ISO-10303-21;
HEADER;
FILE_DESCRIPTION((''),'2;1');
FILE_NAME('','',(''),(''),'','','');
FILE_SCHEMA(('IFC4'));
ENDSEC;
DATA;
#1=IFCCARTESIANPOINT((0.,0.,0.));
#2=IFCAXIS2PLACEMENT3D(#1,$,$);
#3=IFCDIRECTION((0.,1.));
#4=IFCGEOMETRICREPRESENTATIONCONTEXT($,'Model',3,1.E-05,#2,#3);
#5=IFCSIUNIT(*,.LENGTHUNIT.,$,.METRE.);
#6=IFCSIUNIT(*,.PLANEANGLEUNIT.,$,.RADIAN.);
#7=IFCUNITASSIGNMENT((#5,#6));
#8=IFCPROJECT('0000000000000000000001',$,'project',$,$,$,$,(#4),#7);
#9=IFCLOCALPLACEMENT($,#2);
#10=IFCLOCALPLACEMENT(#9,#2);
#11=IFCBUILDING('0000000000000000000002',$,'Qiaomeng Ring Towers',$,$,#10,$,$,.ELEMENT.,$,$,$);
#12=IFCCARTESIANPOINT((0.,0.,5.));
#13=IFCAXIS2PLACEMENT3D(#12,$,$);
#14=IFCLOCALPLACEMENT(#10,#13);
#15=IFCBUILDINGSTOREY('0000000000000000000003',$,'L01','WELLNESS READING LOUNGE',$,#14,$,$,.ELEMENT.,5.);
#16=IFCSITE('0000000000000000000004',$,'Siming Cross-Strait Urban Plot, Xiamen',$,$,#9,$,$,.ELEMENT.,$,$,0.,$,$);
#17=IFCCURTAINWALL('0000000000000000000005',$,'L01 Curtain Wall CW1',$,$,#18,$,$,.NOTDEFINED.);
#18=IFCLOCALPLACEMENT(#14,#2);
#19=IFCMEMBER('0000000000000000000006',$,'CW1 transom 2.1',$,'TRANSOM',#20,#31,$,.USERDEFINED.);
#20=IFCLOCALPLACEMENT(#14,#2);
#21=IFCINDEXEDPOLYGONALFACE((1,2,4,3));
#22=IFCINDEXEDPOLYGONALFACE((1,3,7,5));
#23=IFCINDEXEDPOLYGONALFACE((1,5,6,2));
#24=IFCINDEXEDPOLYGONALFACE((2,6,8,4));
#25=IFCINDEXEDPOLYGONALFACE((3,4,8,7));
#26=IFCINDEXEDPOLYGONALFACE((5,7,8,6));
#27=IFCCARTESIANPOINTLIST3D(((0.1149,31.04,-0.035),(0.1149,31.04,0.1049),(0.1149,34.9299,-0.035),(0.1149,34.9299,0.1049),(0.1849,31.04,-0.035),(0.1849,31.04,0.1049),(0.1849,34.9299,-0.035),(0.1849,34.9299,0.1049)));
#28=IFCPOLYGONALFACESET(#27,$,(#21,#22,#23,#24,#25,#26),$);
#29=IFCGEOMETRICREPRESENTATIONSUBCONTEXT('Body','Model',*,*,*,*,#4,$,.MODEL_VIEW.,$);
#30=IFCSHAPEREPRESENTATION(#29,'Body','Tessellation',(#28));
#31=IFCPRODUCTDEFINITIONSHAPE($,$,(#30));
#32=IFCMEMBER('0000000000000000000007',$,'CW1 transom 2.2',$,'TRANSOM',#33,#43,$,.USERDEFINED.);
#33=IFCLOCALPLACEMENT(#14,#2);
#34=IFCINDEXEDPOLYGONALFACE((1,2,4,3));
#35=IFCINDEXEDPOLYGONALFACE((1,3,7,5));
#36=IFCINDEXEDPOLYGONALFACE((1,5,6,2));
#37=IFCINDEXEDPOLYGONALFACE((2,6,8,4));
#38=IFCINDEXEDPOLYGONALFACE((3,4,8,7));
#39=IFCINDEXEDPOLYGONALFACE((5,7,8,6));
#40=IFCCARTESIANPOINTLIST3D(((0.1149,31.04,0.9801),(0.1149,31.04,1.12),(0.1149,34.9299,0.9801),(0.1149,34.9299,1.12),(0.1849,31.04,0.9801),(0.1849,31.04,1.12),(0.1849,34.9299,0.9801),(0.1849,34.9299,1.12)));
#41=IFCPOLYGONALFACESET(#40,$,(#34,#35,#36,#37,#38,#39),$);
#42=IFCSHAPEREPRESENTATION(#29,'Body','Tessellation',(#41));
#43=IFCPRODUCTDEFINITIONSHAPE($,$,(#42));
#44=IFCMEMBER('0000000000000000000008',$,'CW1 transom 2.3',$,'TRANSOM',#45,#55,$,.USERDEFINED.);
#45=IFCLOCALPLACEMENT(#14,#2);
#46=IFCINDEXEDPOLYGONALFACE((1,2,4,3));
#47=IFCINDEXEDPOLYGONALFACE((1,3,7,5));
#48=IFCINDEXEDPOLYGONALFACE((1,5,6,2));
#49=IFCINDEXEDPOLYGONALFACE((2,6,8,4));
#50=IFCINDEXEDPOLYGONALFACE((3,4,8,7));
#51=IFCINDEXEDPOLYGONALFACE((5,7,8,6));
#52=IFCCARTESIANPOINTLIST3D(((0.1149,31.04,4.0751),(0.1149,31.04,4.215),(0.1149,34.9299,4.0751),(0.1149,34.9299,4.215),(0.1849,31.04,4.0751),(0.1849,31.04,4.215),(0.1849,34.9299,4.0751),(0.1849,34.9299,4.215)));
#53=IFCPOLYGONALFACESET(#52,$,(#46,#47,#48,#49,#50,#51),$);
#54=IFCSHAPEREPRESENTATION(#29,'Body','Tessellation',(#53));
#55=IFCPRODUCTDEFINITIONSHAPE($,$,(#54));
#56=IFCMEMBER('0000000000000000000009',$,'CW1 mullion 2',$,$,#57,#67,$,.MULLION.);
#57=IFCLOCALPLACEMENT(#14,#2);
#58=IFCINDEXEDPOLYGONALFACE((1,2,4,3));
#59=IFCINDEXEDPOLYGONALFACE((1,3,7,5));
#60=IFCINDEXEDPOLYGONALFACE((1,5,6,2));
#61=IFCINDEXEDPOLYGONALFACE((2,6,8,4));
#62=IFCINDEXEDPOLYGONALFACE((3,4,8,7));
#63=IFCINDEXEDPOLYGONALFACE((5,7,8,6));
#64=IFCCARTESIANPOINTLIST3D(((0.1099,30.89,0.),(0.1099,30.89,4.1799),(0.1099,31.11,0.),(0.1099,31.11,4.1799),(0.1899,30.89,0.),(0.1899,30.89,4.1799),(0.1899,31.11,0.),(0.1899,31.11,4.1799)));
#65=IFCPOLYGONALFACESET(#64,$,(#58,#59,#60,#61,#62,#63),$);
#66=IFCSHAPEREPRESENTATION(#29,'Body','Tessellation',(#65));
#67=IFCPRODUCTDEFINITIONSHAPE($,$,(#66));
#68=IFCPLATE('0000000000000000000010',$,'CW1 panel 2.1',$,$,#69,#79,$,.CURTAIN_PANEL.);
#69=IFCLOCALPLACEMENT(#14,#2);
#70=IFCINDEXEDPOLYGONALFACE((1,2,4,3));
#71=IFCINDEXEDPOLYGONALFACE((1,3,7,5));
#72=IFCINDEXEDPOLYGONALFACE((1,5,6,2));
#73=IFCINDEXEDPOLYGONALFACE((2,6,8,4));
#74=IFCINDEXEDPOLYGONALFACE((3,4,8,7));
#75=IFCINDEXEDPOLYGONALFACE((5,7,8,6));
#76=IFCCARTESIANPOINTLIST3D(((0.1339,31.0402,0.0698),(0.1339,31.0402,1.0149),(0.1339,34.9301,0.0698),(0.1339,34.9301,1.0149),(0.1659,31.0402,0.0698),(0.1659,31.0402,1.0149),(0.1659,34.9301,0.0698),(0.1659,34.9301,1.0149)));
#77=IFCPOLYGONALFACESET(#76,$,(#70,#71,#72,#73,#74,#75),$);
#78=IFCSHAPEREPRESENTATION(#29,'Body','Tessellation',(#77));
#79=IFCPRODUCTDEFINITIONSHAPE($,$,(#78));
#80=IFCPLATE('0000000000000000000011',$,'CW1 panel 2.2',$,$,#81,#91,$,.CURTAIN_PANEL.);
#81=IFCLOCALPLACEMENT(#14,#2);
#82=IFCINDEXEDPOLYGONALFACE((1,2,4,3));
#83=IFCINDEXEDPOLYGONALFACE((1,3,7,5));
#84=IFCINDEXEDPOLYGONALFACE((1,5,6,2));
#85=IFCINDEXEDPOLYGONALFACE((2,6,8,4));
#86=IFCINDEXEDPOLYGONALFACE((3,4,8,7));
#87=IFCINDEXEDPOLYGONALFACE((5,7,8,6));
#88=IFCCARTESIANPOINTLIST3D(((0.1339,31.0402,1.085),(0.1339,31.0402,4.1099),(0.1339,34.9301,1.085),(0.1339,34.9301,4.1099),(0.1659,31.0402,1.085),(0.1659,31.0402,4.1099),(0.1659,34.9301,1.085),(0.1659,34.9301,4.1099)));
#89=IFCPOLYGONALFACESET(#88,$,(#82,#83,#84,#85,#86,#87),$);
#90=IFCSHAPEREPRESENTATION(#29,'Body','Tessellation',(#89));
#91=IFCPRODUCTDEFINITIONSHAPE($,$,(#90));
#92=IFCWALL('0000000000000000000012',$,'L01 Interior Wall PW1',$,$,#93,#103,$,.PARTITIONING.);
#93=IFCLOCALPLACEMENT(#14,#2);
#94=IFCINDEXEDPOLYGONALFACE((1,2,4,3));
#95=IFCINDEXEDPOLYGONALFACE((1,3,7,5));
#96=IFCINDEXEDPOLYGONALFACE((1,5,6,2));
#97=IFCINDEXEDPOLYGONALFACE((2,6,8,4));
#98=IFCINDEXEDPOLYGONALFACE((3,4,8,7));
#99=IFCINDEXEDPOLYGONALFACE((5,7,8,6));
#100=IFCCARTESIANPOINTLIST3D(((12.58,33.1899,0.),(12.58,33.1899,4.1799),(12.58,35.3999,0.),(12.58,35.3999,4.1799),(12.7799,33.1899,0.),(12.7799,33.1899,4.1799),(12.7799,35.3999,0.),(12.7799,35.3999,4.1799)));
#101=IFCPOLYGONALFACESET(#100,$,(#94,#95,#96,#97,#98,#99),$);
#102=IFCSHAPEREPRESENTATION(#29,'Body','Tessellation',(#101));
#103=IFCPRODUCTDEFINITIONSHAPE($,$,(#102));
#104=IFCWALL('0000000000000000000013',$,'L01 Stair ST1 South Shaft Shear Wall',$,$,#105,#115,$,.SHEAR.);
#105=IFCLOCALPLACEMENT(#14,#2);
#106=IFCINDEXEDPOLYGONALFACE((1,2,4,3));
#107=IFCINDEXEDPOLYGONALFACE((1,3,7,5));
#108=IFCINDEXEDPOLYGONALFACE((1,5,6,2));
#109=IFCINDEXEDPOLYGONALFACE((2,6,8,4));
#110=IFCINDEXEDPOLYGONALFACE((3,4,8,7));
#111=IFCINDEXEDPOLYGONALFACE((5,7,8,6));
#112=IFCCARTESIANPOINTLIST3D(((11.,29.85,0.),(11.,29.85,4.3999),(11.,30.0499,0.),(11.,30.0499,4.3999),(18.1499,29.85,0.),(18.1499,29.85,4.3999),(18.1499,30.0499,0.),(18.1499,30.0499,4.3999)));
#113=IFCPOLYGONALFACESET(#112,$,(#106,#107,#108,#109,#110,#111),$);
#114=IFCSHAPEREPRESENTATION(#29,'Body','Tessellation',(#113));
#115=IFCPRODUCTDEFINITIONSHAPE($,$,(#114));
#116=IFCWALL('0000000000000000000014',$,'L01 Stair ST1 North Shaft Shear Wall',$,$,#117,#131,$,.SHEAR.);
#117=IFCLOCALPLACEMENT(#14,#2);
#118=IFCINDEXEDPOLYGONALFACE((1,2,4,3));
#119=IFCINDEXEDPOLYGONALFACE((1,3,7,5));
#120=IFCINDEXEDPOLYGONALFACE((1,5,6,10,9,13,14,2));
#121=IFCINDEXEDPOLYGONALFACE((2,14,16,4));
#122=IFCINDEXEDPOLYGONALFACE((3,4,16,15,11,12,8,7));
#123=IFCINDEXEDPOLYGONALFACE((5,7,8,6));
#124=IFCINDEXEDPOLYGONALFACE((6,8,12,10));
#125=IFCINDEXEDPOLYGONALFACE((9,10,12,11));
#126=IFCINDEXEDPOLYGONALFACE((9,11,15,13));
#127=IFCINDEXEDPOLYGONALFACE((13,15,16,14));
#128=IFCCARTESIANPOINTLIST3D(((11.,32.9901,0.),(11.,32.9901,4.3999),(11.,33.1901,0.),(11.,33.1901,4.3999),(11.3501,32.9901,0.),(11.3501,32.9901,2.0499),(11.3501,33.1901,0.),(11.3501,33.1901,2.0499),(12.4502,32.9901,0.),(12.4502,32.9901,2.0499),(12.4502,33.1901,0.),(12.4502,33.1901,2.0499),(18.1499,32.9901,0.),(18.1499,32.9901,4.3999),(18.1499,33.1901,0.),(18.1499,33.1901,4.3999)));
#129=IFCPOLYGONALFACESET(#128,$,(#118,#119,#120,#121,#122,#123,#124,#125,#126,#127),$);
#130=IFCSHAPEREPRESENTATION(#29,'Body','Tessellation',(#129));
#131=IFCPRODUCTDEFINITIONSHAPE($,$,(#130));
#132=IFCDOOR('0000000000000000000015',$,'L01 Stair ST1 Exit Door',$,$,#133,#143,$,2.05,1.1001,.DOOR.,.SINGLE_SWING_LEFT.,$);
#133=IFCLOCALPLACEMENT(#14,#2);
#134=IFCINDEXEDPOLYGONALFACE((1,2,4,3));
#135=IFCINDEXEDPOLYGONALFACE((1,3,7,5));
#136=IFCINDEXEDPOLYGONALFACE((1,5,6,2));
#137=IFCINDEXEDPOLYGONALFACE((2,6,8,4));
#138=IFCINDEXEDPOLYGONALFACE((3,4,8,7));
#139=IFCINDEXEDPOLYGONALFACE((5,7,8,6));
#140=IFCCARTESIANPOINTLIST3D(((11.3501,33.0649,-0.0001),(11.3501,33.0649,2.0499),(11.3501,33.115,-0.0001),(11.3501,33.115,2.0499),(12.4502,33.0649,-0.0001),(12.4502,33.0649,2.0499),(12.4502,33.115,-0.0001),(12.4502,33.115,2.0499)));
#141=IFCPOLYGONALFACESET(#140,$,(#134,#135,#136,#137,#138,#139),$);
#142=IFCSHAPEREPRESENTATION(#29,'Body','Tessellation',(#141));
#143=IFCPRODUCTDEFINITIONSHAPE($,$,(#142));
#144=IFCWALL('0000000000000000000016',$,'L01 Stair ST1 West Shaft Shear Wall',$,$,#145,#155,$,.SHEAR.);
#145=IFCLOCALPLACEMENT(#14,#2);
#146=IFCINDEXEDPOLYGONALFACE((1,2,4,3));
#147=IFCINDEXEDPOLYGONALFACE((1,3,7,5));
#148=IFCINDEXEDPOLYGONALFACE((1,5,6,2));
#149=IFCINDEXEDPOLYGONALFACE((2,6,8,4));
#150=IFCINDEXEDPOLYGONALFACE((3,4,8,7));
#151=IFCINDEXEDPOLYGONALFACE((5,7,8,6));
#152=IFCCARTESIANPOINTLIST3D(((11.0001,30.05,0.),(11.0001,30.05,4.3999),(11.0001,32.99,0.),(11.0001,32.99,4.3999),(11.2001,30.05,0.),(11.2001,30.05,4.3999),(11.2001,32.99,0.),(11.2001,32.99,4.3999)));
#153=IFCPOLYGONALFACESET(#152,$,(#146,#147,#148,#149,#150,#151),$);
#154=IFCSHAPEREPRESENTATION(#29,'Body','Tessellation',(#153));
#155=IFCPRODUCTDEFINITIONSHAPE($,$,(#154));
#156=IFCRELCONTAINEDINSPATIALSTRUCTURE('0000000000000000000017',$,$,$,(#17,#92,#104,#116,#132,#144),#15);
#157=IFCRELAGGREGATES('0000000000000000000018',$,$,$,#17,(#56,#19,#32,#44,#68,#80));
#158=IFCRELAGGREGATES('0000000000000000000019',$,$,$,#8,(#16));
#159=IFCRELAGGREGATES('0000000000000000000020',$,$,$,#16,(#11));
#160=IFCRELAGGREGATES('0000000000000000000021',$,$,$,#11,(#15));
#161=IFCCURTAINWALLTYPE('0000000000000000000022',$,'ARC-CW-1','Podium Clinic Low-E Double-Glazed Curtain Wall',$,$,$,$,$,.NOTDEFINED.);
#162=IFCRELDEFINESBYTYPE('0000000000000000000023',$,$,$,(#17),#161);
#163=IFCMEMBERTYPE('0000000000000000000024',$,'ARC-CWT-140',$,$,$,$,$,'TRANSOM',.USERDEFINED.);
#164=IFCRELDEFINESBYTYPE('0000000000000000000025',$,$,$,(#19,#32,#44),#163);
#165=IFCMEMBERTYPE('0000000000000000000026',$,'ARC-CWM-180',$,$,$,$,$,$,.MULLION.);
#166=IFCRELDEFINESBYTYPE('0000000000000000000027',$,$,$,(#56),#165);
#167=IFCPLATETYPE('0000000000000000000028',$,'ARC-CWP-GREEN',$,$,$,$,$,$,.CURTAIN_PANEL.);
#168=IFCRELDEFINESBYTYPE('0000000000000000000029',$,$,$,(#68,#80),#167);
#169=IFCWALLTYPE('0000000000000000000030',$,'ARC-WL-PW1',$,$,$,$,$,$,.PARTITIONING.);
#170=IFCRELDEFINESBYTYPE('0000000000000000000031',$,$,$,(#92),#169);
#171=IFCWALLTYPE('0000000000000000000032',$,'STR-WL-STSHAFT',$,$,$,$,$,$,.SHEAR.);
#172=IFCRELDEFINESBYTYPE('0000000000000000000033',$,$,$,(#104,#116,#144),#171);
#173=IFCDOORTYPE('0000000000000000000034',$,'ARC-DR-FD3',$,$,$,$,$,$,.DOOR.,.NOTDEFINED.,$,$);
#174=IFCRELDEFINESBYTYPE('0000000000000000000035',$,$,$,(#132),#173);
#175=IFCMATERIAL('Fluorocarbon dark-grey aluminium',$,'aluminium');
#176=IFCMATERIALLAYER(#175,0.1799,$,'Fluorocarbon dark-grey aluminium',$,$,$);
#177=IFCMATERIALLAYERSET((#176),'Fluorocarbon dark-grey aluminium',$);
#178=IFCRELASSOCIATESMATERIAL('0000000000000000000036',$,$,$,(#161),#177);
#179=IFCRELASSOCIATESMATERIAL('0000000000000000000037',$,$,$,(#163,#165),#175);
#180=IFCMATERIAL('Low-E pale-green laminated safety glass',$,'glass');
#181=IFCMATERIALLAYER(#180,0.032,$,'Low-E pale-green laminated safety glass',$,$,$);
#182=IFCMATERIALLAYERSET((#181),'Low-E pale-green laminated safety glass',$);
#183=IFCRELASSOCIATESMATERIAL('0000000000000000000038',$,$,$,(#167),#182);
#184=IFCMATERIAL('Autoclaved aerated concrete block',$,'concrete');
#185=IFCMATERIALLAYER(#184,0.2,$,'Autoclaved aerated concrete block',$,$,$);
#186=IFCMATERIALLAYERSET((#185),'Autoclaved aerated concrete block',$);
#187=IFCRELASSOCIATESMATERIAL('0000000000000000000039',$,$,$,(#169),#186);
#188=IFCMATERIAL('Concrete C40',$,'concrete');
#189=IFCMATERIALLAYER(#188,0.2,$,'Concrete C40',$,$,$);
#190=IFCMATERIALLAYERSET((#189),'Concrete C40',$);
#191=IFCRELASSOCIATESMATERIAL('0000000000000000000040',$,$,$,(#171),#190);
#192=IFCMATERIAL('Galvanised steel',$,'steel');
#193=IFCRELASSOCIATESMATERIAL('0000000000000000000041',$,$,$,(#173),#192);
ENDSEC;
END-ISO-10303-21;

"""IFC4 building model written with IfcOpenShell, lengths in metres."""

from ifc_helpers import new_model, si_unit, direction, frame, frame_2d, origin, origin_2d, place, context, subcontext, project, spatial, rectangle, extrude, source, transform, mapped, material, layer, layer_set, material_profile, profile_set, type_object, element, fill, aggregate, save


model = new_model("IFC4")

# Units and contexts
model_context = context("Model", 3, precision=1e-05, world=origin(), true_north=direction((0.0, 1.0)))
body_context = subcontext(model_context, "Body", "Model", "MODEL_VIEW")
ifc_project = project(units=[si_unit("LENGTHUNIT", "METRE"), si_unit("PLANEANGLEUNIT", "RADIAN")], contexts=[model_context])

# Site, building, storey
site_placement = place(None, origin())
site = spatial("IfcSite", under=ifc_project, at=site_placement, Name="Siming Cross-Strait Urban Plot, Xiamen", CompositionType="ELEMENT", RefElevation=0.0)
building_placement = place(site_placement, origin())
building = spatial("IfcBuilding", under=site, at=building_placement, Name="Qiaomeng Ring Towers", CompositionType="ELEMENT")
storey_placement = place(building_placement, frame((0.0, 0.0, 5.0)))
storey = spatial("IfcBuildingStorey", under=building, at=storey_placement, Name="L01", Description="WELLNESS READING LOUNGE", CompositionType="ELEMENT", Elevation=5.0)

# Curtain wall, members, plates
ifc_material_1 = material(Name="Fluorocarbon dark-grey aluminium", Category="aluminium")
ifc_layer_1 = layer(ifc_material_1, 0.1799, Name="Fluorocarbon dark-grey aluminium")
ifc_layer_set_1 = layer_set([ifc_layer_1], Name="Fluorocarbon dark-grey aluminium")
curtain_wall_type = type_object("IfcCurtainWallType", Name="ARC-CW-1", Description="Podium Clinic Low-E Double-Glazed Curtain Wall", PredefinedType="NOTDEFINED", material=ifc_layer_set_1)
curtain_wall_placement = place(storey_placement, origin())
curtain_wall = element("IfcCurtainWall", 1, at=curtain_wall_placement, inside=storey, type_object=curtain_wall_type, Name="L01 Curtain Wall CW1", PredefinedType="NOTDEFINED")
ifc_material_profile_1 = material_profile(ifc_material_1, rectangle(XDim=0.0701, YDim=0.1399, at=origin_2d()), Name="ALU TRAN 70x140")
ifc_profile_set_1 = profile_set([ifc_material_profile_1], Name="Fluorocarbon dark-grey aluminium")
member_type_1 = type_object("IfcMemberType", Name="ARC-CWT-140", ElementType="TRANSOM", PredefinedType="USERDEFINED", material=ifc_profile_set_1)
shared_shape_1 = source(origin(), body_context, "Body", "SweptSolid", [
    extrude(rectangle(XDim=0.0701, YDim=0.1399, at=origin_2d()), origin(), (0.0, 0.0, 1.0), 3.8899),
])
member_1_placement = place(storey_placement, frame((0.1499, 31.04, 0.0349), z_axis=(0.0, 1.0, 0.0), x_axis=(-1.0, 0.0, 0.0)))
member_1 = element("IfcMember", 2, at=member_1_placement, type_object=member_type_1, Name="CW1 transom 2.1", ObjectType="TRANSOM", PredefinedType="USERDEFINED", context=body_context, shape_type="MappedRepresentation", body=[
    mapped(shared_shape_1, transform((0.0, 0.0, 0.0), x_axis=(1.0, 0.0, 0.0), y_axis=(0.0, 1.0, 0.0), z_axis=(0.0, 0.0, 1.0), scale=1.0)),
])
member_2_placement = place(storey_placement, frame((0.1499, 31.04, 1.05), z_axis=(0.0, 1.0, 0.0), x_axis=(-1.0, 0.0, 0.0)))
member_2 = element("IfcMember", 3, at=member_2_placement, type_object=member_type_1, Name="CW1 transom 2.2", ObjectType="TRANSOM", PredefinedType="USERDEFINED", context=body_context, shape_type="MappedRepresentation", body=[
    mapped(shared_shape_1, transform((0.0, 0.0, 0.0), x_axis=(1.0, 0.0, 0.0), y_axis=(0.0, 1.0, 0.0), z_axis=(0.0, 0.0, 1.0), scale=1.0)),
])
member_3_placement = place(storey_placement, frame((0.1499, 31.04, 4.145), z_axis=(0.0, 1.0, 0.0), x_axis=(-1.0, 0.0, 0.0)))
member_3 = element("IfcMember", 4, at=member_3_placement, type_object=member_type_1, Name="CW1 transom 2.3", ObjectType="TRANSOM", PredefinedType="USERDEFINED", context=body_context, shape_type="MappedRepresentation", body=[
    mapped(shared_shape_1, transform((0.0, 0.0, 0.0), x_axis=(1.0, 0.0, 0.0), y_axis=(0.0, 1.0, 0.0), z_axis=(0.0, 0.0, 1.0), scale=1.0)),
])
ifc_material_profile_2 = material_profile(ifc_material_1, rectangle(XDim=0.0801, YDim=0.22, at=origin_2d()), Name="ALU MULL 80x220")
ifc_profile_set_2 = profile_set([ifc_material_profile_2], Name="Fluorocarbon dark-grey aluminium")
member_type_2 = type_object("IfcMemberType", Name="ARC-CWM-180", PredefinedType="MULLION", material=ifc_profile_set_2)
shared_shape_2 = source(origin(), body_context, "Body", "SweptSolid", [
    extrude(rectangle(XDim=0.0801, YDim=0.22, at=origin_2d()), origin(), (0.0, 0.0, 1.0), 4.1799),
])
member_4_placement = place(storey_placement, frame((0.1499, 31.0, 0.0), z_axis=(0.0, 0.0, 1.0), x_axis=(-1.0, 0.0, 0.0)))
member_4 = element("IfcMember", 5, at=member_4_placement, type_object=member_type_2, Name="CW1 mullion 2", PredefinedType="MULLION", context=body_context, shape_type="MappedRepresentation", body=[
    mapped(shared_shape_2, transform((0.0, 0.0, 0.0), x_axis=(1.0, 0.0, 0.0), y_axis=(0.0, 1.0, 0.0), z_axis=(0.0, 0.0, 1.0), scale=1.0)),
])
ifc_material_2 = material(Name="Low-E pale-green laminated safety glass", Category="glass")
ifc_layer_2 = layer(ifc_material_2, 0.032, Name="Low-E pale-green laminated safety glass")
ifc_layer_set_2 = layer_set([ifc_layer_2], Name="Low-E pale-green laminated safety glass")
plate_type = type_object("IfcPlateType", Name="ARC-CWP-GREEN", PredefinedType="CURTAIN_PANEL", material=ifc_layer_set_2)
shared_shape_3 = source(origin(), body_context, "Body", "SweptSolid", [
    extrude(rectangle(XDim=3.8899, YDim=0.032, at=origin_2d()), origin(), (0.0, 0.0, 1.0), 0.9451),
])
plate_1_placement = place(storey_placement, frame((0.1499, 32.9851, 0.0698), z_axis=(0.0, 0.0, 1.0), x_axis=(0.0, 1.0, 0.0)))
plate_1 = element("IfcPlate", 6, at=plate_1_placement, type_object=plate_type, Name="CW1 panel 2.1", PredefinedType="CURTAIN_PANEL", context=body_context, shape_type="MappedRepresentation", body=[
    mapped(shared_shape_3, transform((0.0, 0.0, 0.0), x_axis=(1.0, 0.0, 0.0), y_axis=(0.0, 1.0, 0.0), z_axis=(0.0, 0.0, 1.0), scale=1.0)),
])
shared_shape_4 = source(origin(), body_context, "Body", "SweptSolid", [
    extrude(rectangle(XDim=3.8899, YDim=0.032, at=origin_2d()), origin(), (0.0, 0.0, 1.0), 3.0249),
])
plate_2_placement = place(storey_placement, frame((0.1499, 32.9851, 1.085), z_axis=(0.0, 0.0, 1.0), x_axis=(0.0, 1.0, 0.0)))
plate_2 = element("IfcPlate", 7, at=plate_2_placement, type_object=plate_type, Name="CW1 panel 2.2", PredefinedType="CURTAIN_PANEL", context=body_context, shape_type="MappedRepresentation", body=[
    mapped(shared_shape_4, transform((0.0, 0.0, 0.0), x_axis=(1.0, 0.0, 0.0), y_axis=(0.0, 1.0, 0.0), z_axis=(0.0, 0.0, 1.0), scale=1.0)),
])
aggregate(curtain_wall, [member_4, member_1, member_2, member_3, plate_1, plate_2])

# Walls
ifc_material_3 = material(Name="Autoclaved aerated concrete block", Category="concrete")
ifc_layer_3 = layer(ifc_material_3, 0.2, Name="Autoclaved aerated concrete block")
ifc_layer_set_3 = layer_set([ifc_layer_3], Name="Autoclaved aerated concrete block")
wall_type_1 = type_object("IfcWallType", Name="ARC-WL-PW1", PredefinedType="PARTITIONING", material=ifc_layer_set_3)
wall_1_placement = place(storey_placement, frame((12.6799, 33.1899, 0.0), z_axis=(0.0, 0.0, 1.0), x_axis=(0.0, 1.0, 0.0)))
element("IfcWall", 8, at=wall_1_placement, inside=storey, type_object=wall_type_1, Name="L01 Interior Wall PW1", PredefinedType="PARTITIONING", context=body_context, shape_type="SweptSolid", body=[
    extrude(rectangle(XDim=2.21, YDim=0.2, at=frame_2d((1.105, 0.0))), origin(), (0.0, 0.0, 1.0), 4.1799),
])
ifc_material_4 = material(Name="Concrete C40", Category="concrete")
ifc_layer_4 = layer(ifc_material_4, 0.2, Name="Concrete C40")
ifc_layer_set_4 = layer_set([ifc_layer_4], Name="Concrete C40")
wall_type_2 = type_object("IfcWallType", Name="STR-WL-STSHAFT", PredefinedType="SHEAR", material=ifc_layer_set_4)
wall_2_placement = place(storey_placement, frame((11.0, 29.95, 0.0), z_axis=(0.0, 0.0, 1.0), x_axis=(1.0, 0.0, 0.0)))
element("IfcWall", 9, at=wall_2_placement, inside=storey, type_object=wall_type_2, Name="L01 Stair ST1 South Shaft Shear Wall", PredefinedType="SHEAR", context=body_context, shape_type="SweptSolid", body=[
    extrude(rectangle(XDim=7.1499, YDim=0.2, at=frame_2d((3.575, 0.0))), origin(), (0.0, 0.0, 1.0), 4.3999),
])

# Wall, opening, door
wall_3_placement = place(storey_placement, frame((11.0, 33.0901, 0.0), z_axis=(0.0, 0.0, 1.0), x_axis=(1.0, 0.0, 0.0)))
wall_3 = element("IfcWall", 10, at=wall_3_placement, inside=storey, type_object=wall_type_2, Name="L01 Stair ST1 North Shaft Shear Wall", PredefinedType="SHEAR", context=body_context, shape_type="SweptSolid", body=[
    extrude(rectangle(XDim=7.1499, YDim=0.2, at=frame_2d((3.575, 0.0))), origin(), (0.0, 0.0, 1.0), 4.3999),
])
opening_placement = place(wall_3_placement, frame((0.3501, 0.0, 0.0)))
opening = element("IfcOpeningElement", 11, at=opening_placement, cuts=wall_3, PredefinedType="OPENING", context=body_context, shape_type="SweptSolid", body=[
    extrude(rectangle(XDim=1.1001, YDim=2.05, at=frame_2d((0.55, 1.0249))), frame((0.0, 0.1099, 0.0), z_axis=(0.0, -1.0, 0.0), x_axis=(1.0, 0.0, 0.0)), (0.0, 0.0, 1.0), 0.22),
])
ifc_material_5 = material(Name="Galvanised steel", Category="steel")
door_type = type_object("IfcDoorType", Name="ARC-DR-FD3", OperationType="NOTDEFINED", PredefinedType="DOOR", material=ifc_material_5)
shared_shape_5 = source(origin(), body_context, "Body", "SweptSolid", [
    extrude(rectangle(XDim=1.1001, YDim=2.05, at=frame_2d((0.55, 1.0249))), frame((0.0, 0.0249, 0.0), z_axis=(0.0, -1.0, 0.0), x_axis=(1.0, 0.0, 0.0)), (0.0, 0.0, 1.0), 0.05),
])
door_placement = place(opening_placement, origin())
door = element("IfcDoor", 12, at=door_placement, inside=storey, type_object=door_type, Name="L01 Stair ST1 Exit Door", OperationType="SINGLE_SWING_LEFT", OverallHeight=2.05, OverallWidth=1.1001, PredefinedType="DOOR", context=body_context, shape_type="MappedRepresentation", body=[
    mapped(shared_shape_5, transform((0.0, 0.0, 0.0), x_axis=(1.0, 0.0, 0.0), y_axis=(0.0, 1.0, 0.0), z_axis=(0.0, 0.0, 1.0), scale=1.0)),
])
fill(opening, door)

# Wall
wall_4_placement = place(storey_placement, frame((11.1001, 30.05, 0.0), z_axis=(0.0, 0.0, 1.0), x_axis=(0.0, 1.0, 0.0)))
element("IfcWall", 13, at=wall_4_placement, inside=storey, type_object=wall_type_2, Name="L01 Stair ST1 West Shaft Shear Wall", PredefinedType="SHEAR", context=body_context, shape_type="SweptSolid", body=[
    extrude(rectangle(XDim=2.9399, YDim=0.2, at=frame_2d((1.47, 0.0))), origin(), (0.0, 0.0, 1.0), 4.3999),
])

save(model, "model.ifc")
